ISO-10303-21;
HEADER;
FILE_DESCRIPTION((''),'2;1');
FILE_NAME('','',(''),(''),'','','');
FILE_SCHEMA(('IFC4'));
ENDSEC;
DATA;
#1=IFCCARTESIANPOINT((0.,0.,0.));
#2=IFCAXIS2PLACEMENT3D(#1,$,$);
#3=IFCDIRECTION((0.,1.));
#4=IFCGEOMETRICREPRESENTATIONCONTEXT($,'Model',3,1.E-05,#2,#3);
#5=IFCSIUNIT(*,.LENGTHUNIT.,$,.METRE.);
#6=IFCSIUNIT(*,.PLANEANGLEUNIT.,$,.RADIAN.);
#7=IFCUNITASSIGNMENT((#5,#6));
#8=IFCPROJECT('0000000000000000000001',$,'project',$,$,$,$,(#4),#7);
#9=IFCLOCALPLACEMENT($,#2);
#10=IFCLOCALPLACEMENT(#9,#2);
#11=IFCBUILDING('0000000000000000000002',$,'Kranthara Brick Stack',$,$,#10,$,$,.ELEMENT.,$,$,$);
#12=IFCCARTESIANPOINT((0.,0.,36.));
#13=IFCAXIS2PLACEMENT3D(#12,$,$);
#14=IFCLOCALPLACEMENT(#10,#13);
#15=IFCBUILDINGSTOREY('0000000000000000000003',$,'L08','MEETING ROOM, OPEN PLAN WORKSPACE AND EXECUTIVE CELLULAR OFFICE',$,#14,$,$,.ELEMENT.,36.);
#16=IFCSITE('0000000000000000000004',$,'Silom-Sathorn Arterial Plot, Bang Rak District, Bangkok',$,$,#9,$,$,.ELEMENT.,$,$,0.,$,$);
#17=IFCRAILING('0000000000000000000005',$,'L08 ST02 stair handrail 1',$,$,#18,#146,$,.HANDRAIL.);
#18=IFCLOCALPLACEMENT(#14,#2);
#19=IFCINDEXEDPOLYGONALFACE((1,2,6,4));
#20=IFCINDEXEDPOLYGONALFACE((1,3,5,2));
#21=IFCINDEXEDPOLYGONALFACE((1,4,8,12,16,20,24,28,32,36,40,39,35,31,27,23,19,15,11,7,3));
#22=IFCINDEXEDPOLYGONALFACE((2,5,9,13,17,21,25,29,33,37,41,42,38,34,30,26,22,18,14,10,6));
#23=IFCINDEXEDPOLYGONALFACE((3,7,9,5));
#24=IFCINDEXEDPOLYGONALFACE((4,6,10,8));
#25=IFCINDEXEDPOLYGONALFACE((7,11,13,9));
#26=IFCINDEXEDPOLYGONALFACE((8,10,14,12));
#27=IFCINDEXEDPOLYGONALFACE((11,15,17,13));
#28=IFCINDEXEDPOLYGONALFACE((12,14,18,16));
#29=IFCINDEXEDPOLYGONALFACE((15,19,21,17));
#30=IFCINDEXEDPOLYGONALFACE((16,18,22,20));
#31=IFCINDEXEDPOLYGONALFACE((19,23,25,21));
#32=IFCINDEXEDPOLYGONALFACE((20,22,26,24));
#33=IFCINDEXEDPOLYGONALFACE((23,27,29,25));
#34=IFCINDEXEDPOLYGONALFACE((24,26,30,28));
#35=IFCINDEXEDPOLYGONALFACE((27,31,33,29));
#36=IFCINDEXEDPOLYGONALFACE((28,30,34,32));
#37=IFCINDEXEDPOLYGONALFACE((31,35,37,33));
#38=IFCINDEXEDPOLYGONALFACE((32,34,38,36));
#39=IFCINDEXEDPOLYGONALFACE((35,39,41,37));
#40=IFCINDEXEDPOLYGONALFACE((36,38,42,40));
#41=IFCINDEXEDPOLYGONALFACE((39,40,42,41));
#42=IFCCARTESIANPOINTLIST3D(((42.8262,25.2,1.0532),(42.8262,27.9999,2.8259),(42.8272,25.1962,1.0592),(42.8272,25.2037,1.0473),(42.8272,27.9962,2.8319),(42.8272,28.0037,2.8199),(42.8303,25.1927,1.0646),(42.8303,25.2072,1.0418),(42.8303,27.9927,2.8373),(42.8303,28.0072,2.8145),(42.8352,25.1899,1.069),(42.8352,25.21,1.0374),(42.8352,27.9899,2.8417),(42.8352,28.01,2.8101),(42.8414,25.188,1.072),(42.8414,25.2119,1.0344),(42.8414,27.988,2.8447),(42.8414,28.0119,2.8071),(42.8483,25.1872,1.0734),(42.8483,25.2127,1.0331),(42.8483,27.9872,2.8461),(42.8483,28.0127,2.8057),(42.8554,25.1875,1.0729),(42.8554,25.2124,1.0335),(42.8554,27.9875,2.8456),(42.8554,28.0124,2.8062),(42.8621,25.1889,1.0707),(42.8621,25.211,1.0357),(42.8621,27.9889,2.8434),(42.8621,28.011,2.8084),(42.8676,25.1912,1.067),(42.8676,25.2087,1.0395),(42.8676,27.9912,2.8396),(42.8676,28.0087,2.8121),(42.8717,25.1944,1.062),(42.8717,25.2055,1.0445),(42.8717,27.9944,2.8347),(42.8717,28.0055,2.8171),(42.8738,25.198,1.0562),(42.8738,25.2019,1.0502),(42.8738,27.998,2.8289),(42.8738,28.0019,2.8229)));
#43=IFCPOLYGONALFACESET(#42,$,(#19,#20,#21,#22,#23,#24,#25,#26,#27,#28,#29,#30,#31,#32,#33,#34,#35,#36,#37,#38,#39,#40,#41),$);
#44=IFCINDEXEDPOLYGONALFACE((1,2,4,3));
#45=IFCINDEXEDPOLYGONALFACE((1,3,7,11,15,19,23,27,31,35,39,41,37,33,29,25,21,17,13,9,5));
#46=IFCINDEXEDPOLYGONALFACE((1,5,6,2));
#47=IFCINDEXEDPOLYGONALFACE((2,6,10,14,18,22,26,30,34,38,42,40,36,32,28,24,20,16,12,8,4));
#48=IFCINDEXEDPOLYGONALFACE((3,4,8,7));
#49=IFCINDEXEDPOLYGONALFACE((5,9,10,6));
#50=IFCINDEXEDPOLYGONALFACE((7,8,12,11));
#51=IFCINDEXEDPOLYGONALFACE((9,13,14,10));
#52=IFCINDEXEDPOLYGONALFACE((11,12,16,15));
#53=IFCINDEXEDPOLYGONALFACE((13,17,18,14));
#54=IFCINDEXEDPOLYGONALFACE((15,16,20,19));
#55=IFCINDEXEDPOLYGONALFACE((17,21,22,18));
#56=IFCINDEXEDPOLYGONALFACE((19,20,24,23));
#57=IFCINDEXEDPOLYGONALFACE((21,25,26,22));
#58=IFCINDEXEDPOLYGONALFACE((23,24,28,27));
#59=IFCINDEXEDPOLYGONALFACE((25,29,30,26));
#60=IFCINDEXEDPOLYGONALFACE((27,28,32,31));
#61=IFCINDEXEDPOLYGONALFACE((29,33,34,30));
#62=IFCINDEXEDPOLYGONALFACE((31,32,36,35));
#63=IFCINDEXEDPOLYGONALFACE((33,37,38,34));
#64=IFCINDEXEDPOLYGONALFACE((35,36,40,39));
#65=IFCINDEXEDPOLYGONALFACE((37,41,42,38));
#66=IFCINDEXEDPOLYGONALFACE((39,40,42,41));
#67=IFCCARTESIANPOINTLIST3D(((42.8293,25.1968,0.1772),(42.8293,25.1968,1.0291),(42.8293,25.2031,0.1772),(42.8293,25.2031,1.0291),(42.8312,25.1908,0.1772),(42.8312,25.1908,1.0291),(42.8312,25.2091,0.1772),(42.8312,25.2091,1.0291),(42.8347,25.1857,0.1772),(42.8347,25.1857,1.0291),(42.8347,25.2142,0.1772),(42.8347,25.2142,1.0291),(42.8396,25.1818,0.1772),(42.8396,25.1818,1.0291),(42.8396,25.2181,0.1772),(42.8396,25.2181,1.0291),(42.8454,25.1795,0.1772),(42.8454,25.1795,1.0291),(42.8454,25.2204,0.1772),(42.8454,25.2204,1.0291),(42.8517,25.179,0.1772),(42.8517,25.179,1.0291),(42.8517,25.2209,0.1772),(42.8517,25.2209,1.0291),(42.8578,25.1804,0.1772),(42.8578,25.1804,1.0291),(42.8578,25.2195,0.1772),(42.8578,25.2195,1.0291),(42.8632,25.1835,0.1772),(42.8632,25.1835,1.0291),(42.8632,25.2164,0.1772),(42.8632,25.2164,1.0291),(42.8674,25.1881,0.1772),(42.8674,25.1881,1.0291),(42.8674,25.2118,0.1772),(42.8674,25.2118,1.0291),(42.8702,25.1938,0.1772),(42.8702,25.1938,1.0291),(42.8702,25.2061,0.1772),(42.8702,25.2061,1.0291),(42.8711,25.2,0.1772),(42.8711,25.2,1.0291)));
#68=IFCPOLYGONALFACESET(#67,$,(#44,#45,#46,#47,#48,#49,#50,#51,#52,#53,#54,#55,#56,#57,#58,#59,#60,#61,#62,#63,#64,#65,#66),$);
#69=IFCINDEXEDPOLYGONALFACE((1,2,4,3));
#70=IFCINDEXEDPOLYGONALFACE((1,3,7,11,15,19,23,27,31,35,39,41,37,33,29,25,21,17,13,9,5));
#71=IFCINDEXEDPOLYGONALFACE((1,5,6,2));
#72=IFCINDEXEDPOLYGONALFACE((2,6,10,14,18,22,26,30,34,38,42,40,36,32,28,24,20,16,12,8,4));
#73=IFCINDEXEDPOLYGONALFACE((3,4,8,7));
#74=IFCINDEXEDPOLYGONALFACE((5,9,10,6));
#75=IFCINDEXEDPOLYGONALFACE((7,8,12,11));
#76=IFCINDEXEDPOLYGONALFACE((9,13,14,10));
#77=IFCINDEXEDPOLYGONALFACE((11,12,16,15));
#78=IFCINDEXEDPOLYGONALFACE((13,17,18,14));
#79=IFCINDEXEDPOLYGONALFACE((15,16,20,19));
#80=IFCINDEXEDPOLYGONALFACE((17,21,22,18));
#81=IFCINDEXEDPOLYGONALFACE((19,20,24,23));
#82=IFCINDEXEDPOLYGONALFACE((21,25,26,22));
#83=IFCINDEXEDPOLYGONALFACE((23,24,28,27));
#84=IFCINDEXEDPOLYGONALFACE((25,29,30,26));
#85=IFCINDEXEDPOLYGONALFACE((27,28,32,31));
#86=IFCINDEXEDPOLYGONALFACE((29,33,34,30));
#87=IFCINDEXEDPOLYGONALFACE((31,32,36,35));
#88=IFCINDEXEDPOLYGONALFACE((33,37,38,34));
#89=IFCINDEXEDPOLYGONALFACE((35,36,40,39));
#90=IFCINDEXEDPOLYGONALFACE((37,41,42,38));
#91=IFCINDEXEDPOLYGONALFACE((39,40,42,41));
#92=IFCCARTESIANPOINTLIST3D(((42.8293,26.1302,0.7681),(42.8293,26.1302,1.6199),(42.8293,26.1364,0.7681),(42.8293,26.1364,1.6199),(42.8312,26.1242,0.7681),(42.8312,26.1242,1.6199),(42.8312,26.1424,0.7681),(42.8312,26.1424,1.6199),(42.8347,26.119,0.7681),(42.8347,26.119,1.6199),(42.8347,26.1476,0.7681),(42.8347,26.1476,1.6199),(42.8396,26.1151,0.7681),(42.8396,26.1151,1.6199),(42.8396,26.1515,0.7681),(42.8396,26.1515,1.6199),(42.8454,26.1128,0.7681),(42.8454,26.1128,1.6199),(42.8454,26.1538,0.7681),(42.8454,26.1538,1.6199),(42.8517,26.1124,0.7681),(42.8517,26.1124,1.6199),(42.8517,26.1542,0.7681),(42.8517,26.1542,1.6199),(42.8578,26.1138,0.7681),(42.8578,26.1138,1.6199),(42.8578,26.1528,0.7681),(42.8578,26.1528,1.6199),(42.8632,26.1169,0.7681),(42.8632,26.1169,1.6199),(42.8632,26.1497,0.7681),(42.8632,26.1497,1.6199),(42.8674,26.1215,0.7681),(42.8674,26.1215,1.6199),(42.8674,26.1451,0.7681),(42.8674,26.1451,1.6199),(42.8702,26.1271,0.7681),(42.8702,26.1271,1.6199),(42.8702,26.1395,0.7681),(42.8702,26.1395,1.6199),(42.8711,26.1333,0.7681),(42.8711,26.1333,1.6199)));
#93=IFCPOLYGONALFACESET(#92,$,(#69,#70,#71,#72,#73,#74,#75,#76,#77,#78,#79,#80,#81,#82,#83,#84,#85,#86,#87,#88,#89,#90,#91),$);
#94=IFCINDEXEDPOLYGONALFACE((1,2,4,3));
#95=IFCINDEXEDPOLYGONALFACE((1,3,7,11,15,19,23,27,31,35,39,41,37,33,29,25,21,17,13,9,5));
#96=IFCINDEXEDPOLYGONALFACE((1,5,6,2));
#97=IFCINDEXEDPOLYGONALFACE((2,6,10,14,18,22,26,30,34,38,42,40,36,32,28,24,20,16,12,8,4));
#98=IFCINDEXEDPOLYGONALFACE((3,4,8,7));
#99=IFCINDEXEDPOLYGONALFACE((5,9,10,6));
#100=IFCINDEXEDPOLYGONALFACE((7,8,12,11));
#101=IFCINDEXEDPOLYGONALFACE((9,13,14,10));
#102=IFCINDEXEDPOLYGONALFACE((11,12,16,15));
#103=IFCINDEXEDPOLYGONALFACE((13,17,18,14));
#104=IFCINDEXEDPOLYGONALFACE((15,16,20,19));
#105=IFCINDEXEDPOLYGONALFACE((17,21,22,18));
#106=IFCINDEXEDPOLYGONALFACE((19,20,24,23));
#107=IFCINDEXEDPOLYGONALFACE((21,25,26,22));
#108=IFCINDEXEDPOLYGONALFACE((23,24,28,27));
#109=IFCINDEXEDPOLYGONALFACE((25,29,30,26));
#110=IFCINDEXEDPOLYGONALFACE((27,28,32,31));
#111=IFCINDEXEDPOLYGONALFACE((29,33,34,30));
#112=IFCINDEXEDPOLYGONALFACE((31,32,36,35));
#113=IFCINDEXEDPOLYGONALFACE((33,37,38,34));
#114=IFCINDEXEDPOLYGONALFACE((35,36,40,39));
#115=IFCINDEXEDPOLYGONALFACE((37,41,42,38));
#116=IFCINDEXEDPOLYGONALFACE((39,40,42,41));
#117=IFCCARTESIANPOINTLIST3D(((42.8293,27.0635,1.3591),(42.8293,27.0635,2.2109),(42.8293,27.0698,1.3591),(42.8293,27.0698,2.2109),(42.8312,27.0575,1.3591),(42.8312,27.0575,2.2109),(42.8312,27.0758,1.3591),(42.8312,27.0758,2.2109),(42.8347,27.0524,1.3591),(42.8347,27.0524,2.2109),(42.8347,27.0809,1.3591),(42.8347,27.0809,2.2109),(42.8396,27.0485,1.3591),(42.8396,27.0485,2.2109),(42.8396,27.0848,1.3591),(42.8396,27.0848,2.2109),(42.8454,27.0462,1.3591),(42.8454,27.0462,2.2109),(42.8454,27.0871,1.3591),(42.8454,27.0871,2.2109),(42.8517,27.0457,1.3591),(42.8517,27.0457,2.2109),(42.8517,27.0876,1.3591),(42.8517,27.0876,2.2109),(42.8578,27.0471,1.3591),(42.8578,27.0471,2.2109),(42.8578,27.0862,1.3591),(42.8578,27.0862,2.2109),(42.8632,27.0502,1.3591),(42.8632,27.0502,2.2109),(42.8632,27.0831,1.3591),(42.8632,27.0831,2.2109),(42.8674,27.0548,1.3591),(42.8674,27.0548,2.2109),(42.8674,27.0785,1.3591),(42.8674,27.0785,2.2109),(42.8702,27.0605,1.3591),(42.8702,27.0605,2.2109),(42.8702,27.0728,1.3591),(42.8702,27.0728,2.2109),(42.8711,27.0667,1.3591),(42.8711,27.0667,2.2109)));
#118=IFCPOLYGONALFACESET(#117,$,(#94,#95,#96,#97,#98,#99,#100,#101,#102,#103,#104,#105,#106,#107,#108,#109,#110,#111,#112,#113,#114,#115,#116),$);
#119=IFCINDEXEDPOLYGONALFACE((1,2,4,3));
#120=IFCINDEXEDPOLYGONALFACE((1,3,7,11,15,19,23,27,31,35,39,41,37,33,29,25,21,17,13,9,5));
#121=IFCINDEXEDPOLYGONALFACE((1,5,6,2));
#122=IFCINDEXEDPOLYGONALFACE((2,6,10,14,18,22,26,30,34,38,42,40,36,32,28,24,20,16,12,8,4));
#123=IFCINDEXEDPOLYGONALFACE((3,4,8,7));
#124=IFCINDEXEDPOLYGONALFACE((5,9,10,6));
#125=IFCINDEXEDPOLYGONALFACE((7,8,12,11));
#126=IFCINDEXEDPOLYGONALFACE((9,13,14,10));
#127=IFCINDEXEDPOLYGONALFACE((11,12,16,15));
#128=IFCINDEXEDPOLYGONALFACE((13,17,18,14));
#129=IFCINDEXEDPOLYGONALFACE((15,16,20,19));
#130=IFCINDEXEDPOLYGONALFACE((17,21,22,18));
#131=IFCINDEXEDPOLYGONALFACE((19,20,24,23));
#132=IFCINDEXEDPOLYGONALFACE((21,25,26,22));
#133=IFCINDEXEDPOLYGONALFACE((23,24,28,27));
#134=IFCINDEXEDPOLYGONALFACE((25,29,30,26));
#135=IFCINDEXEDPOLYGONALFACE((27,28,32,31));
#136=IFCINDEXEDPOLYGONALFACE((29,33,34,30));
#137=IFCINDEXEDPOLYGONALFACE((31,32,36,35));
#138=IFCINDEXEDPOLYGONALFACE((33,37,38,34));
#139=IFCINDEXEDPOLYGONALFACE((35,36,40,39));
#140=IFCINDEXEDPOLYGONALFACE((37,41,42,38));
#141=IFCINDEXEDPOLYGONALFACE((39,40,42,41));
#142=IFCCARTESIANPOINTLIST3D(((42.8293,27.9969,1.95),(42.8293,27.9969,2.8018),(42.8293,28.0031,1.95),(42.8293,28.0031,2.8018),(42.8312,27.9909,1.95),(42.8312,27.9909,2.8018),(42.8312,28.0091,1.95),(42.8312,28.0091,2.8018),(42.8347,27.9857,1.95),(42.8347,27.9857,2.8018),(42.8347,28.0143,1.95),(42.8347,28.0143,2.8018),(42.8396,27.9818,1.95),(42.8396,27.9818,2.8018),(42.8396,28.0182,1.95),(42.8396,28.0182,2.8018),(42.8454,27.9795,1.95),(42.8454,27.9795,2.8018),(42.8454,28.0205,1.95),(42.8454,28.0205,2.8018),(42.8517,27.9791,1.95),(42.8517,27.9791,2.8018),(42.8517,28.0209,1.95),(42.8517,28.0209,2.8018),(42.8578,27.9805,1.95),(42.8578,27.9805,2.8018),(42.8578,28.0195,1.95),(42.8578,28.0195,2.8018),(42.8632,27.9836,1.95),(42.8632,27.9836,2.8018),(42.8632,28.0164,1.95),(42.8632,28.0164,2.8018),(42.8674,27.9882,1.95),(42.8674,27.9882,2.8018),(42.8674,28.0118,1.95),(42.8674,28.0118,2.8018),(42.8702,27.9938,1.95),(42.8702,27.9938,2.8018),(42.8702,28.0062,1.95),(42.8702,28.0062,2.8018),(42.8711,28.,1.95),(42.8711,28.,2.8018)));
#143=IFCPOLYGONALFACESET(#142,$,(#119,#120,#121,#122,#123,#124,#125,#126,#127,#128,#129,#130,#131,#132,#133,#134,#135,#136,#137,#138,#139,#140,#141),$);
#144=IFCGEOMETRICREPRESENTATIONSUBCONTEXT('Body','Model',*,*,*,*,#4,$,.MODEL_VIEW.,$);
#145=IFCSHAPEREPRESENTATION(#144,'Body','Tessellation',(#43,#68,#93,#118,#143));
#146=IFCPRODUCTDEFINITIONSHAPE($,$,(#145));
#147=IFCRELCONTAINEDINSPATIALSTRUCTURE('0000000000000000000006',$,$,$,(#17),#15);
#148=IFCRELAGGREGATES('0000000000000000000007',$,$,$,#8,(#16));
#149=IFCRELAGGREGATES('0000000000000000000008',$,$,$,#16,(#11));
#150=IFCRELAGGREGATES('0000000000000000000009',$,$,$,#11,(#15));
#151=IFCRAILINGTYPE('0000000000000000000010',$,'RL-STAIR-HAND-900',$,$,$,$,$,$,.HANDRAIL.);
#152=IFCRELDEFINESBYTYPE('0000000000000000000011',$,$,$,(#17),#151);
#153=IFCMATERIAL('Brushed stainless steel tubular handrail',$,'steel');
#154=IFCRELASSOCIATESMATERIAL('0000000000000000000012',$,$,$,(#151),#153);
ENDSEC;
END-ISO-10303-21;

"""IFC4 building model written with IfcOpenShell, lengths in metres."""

from ifc_helpers import new_model, si_unit, direction, frame, origin, origin_2d, place, context, subcontext, project, spatial, circle, extrude, material, type_object, element, save


model = new_model("IFC4")

# Units and contexts
model_context = context("Model", 3, precision=1e-05, world=origin(), true_north=direction((0.0, 1.0)))
body_context = subcontext(model_context, "Body", "Model", "MODEL_VIEW")
ifc_project = project(units=[si_unit("LENGTHUNIT", "METRE"), si_unit("PLANEANGLEUNIT", "RADIAN")], contexts=[model_context])

# Site, building, storey
site_placement = place(None, origin())
site = spatial("IfcSite", under=ifc_project, at=site_placement, Name="Silom-Sathorn Arterial Plot, Bang Rak District, Bangkok", CompositionType="ELEMENT", RefElevation=0.0)
building_placement = place(site_placement, origin())
building = spatial("IfcBuilding", under=site, at=building_placement, Name="Kranthara Brick Stack", CompositionType="ELEMENT")
storey_placement = place(building_placement, frame((0.0, 0.0, 36.0)))
storey = spatial("IfcBuildingStorey", under=building, at=storey_placement, Name="L08", Description="MEETING ROOM, OPEN PLAN WORKSPACE AND EXECUTIVE CELLULAR OFFICE", CompositionType="ELEMENT", Elevation=36.0)

# Railing
ifc_material_1 = material(Name="Brushed stainless steel tubular handrail", Category="steel")
railing_type_1 = type_object("IfcRailingType", Name="RL-STAIR-HAND-900", PredefinedType="HANDRAIL", material=ifc_material_1)
railing_1_placement = place(storey_placement, frame((42.8501, 25.2, 0.1772)))
element("IfcRailing", 1, at=railing_1_placement, inside=storey, type_object=railing_type_1, Name="L08 ST02 stair handrail 1", PredefinedType="HANDRAIL", context=body_context, shape_type="SweptSolid", body=[
    extrude(circle(Radius=0.0239, at=origin_2d()), frame((0.0, 0.0, 0.876), z_axis=(0.0, 0.844909, 0.53491), x_axis=(-1.0, 0.0, 0.0)), (0.0, 0.0, 1.0), 3.314),
    extrude(circle(Radius=0.021, at=origin_2d()), origin(), (0.0, 0.0, 1.0), 0.8518),
    extrude(circle(Radius=0.021, at=origin_2d()), frame((0.0, 0.9333, 0.5908)), (0.0, 0.0, 1.0), 0.8518),
    extrude(circle(Radius=0.021, at=origin_2d()), frame((0.0, 1.8667, 1.1819)), (0.0, 0.0, 1.0), 0.8518),
    extrude(circle(Radius=0.021, at=origin_2d()), frame((0.0, 2.8, 1.7727)), (0.0, 0.0, 1.0), 0.8518),
])

save(model, "model.ifc")
